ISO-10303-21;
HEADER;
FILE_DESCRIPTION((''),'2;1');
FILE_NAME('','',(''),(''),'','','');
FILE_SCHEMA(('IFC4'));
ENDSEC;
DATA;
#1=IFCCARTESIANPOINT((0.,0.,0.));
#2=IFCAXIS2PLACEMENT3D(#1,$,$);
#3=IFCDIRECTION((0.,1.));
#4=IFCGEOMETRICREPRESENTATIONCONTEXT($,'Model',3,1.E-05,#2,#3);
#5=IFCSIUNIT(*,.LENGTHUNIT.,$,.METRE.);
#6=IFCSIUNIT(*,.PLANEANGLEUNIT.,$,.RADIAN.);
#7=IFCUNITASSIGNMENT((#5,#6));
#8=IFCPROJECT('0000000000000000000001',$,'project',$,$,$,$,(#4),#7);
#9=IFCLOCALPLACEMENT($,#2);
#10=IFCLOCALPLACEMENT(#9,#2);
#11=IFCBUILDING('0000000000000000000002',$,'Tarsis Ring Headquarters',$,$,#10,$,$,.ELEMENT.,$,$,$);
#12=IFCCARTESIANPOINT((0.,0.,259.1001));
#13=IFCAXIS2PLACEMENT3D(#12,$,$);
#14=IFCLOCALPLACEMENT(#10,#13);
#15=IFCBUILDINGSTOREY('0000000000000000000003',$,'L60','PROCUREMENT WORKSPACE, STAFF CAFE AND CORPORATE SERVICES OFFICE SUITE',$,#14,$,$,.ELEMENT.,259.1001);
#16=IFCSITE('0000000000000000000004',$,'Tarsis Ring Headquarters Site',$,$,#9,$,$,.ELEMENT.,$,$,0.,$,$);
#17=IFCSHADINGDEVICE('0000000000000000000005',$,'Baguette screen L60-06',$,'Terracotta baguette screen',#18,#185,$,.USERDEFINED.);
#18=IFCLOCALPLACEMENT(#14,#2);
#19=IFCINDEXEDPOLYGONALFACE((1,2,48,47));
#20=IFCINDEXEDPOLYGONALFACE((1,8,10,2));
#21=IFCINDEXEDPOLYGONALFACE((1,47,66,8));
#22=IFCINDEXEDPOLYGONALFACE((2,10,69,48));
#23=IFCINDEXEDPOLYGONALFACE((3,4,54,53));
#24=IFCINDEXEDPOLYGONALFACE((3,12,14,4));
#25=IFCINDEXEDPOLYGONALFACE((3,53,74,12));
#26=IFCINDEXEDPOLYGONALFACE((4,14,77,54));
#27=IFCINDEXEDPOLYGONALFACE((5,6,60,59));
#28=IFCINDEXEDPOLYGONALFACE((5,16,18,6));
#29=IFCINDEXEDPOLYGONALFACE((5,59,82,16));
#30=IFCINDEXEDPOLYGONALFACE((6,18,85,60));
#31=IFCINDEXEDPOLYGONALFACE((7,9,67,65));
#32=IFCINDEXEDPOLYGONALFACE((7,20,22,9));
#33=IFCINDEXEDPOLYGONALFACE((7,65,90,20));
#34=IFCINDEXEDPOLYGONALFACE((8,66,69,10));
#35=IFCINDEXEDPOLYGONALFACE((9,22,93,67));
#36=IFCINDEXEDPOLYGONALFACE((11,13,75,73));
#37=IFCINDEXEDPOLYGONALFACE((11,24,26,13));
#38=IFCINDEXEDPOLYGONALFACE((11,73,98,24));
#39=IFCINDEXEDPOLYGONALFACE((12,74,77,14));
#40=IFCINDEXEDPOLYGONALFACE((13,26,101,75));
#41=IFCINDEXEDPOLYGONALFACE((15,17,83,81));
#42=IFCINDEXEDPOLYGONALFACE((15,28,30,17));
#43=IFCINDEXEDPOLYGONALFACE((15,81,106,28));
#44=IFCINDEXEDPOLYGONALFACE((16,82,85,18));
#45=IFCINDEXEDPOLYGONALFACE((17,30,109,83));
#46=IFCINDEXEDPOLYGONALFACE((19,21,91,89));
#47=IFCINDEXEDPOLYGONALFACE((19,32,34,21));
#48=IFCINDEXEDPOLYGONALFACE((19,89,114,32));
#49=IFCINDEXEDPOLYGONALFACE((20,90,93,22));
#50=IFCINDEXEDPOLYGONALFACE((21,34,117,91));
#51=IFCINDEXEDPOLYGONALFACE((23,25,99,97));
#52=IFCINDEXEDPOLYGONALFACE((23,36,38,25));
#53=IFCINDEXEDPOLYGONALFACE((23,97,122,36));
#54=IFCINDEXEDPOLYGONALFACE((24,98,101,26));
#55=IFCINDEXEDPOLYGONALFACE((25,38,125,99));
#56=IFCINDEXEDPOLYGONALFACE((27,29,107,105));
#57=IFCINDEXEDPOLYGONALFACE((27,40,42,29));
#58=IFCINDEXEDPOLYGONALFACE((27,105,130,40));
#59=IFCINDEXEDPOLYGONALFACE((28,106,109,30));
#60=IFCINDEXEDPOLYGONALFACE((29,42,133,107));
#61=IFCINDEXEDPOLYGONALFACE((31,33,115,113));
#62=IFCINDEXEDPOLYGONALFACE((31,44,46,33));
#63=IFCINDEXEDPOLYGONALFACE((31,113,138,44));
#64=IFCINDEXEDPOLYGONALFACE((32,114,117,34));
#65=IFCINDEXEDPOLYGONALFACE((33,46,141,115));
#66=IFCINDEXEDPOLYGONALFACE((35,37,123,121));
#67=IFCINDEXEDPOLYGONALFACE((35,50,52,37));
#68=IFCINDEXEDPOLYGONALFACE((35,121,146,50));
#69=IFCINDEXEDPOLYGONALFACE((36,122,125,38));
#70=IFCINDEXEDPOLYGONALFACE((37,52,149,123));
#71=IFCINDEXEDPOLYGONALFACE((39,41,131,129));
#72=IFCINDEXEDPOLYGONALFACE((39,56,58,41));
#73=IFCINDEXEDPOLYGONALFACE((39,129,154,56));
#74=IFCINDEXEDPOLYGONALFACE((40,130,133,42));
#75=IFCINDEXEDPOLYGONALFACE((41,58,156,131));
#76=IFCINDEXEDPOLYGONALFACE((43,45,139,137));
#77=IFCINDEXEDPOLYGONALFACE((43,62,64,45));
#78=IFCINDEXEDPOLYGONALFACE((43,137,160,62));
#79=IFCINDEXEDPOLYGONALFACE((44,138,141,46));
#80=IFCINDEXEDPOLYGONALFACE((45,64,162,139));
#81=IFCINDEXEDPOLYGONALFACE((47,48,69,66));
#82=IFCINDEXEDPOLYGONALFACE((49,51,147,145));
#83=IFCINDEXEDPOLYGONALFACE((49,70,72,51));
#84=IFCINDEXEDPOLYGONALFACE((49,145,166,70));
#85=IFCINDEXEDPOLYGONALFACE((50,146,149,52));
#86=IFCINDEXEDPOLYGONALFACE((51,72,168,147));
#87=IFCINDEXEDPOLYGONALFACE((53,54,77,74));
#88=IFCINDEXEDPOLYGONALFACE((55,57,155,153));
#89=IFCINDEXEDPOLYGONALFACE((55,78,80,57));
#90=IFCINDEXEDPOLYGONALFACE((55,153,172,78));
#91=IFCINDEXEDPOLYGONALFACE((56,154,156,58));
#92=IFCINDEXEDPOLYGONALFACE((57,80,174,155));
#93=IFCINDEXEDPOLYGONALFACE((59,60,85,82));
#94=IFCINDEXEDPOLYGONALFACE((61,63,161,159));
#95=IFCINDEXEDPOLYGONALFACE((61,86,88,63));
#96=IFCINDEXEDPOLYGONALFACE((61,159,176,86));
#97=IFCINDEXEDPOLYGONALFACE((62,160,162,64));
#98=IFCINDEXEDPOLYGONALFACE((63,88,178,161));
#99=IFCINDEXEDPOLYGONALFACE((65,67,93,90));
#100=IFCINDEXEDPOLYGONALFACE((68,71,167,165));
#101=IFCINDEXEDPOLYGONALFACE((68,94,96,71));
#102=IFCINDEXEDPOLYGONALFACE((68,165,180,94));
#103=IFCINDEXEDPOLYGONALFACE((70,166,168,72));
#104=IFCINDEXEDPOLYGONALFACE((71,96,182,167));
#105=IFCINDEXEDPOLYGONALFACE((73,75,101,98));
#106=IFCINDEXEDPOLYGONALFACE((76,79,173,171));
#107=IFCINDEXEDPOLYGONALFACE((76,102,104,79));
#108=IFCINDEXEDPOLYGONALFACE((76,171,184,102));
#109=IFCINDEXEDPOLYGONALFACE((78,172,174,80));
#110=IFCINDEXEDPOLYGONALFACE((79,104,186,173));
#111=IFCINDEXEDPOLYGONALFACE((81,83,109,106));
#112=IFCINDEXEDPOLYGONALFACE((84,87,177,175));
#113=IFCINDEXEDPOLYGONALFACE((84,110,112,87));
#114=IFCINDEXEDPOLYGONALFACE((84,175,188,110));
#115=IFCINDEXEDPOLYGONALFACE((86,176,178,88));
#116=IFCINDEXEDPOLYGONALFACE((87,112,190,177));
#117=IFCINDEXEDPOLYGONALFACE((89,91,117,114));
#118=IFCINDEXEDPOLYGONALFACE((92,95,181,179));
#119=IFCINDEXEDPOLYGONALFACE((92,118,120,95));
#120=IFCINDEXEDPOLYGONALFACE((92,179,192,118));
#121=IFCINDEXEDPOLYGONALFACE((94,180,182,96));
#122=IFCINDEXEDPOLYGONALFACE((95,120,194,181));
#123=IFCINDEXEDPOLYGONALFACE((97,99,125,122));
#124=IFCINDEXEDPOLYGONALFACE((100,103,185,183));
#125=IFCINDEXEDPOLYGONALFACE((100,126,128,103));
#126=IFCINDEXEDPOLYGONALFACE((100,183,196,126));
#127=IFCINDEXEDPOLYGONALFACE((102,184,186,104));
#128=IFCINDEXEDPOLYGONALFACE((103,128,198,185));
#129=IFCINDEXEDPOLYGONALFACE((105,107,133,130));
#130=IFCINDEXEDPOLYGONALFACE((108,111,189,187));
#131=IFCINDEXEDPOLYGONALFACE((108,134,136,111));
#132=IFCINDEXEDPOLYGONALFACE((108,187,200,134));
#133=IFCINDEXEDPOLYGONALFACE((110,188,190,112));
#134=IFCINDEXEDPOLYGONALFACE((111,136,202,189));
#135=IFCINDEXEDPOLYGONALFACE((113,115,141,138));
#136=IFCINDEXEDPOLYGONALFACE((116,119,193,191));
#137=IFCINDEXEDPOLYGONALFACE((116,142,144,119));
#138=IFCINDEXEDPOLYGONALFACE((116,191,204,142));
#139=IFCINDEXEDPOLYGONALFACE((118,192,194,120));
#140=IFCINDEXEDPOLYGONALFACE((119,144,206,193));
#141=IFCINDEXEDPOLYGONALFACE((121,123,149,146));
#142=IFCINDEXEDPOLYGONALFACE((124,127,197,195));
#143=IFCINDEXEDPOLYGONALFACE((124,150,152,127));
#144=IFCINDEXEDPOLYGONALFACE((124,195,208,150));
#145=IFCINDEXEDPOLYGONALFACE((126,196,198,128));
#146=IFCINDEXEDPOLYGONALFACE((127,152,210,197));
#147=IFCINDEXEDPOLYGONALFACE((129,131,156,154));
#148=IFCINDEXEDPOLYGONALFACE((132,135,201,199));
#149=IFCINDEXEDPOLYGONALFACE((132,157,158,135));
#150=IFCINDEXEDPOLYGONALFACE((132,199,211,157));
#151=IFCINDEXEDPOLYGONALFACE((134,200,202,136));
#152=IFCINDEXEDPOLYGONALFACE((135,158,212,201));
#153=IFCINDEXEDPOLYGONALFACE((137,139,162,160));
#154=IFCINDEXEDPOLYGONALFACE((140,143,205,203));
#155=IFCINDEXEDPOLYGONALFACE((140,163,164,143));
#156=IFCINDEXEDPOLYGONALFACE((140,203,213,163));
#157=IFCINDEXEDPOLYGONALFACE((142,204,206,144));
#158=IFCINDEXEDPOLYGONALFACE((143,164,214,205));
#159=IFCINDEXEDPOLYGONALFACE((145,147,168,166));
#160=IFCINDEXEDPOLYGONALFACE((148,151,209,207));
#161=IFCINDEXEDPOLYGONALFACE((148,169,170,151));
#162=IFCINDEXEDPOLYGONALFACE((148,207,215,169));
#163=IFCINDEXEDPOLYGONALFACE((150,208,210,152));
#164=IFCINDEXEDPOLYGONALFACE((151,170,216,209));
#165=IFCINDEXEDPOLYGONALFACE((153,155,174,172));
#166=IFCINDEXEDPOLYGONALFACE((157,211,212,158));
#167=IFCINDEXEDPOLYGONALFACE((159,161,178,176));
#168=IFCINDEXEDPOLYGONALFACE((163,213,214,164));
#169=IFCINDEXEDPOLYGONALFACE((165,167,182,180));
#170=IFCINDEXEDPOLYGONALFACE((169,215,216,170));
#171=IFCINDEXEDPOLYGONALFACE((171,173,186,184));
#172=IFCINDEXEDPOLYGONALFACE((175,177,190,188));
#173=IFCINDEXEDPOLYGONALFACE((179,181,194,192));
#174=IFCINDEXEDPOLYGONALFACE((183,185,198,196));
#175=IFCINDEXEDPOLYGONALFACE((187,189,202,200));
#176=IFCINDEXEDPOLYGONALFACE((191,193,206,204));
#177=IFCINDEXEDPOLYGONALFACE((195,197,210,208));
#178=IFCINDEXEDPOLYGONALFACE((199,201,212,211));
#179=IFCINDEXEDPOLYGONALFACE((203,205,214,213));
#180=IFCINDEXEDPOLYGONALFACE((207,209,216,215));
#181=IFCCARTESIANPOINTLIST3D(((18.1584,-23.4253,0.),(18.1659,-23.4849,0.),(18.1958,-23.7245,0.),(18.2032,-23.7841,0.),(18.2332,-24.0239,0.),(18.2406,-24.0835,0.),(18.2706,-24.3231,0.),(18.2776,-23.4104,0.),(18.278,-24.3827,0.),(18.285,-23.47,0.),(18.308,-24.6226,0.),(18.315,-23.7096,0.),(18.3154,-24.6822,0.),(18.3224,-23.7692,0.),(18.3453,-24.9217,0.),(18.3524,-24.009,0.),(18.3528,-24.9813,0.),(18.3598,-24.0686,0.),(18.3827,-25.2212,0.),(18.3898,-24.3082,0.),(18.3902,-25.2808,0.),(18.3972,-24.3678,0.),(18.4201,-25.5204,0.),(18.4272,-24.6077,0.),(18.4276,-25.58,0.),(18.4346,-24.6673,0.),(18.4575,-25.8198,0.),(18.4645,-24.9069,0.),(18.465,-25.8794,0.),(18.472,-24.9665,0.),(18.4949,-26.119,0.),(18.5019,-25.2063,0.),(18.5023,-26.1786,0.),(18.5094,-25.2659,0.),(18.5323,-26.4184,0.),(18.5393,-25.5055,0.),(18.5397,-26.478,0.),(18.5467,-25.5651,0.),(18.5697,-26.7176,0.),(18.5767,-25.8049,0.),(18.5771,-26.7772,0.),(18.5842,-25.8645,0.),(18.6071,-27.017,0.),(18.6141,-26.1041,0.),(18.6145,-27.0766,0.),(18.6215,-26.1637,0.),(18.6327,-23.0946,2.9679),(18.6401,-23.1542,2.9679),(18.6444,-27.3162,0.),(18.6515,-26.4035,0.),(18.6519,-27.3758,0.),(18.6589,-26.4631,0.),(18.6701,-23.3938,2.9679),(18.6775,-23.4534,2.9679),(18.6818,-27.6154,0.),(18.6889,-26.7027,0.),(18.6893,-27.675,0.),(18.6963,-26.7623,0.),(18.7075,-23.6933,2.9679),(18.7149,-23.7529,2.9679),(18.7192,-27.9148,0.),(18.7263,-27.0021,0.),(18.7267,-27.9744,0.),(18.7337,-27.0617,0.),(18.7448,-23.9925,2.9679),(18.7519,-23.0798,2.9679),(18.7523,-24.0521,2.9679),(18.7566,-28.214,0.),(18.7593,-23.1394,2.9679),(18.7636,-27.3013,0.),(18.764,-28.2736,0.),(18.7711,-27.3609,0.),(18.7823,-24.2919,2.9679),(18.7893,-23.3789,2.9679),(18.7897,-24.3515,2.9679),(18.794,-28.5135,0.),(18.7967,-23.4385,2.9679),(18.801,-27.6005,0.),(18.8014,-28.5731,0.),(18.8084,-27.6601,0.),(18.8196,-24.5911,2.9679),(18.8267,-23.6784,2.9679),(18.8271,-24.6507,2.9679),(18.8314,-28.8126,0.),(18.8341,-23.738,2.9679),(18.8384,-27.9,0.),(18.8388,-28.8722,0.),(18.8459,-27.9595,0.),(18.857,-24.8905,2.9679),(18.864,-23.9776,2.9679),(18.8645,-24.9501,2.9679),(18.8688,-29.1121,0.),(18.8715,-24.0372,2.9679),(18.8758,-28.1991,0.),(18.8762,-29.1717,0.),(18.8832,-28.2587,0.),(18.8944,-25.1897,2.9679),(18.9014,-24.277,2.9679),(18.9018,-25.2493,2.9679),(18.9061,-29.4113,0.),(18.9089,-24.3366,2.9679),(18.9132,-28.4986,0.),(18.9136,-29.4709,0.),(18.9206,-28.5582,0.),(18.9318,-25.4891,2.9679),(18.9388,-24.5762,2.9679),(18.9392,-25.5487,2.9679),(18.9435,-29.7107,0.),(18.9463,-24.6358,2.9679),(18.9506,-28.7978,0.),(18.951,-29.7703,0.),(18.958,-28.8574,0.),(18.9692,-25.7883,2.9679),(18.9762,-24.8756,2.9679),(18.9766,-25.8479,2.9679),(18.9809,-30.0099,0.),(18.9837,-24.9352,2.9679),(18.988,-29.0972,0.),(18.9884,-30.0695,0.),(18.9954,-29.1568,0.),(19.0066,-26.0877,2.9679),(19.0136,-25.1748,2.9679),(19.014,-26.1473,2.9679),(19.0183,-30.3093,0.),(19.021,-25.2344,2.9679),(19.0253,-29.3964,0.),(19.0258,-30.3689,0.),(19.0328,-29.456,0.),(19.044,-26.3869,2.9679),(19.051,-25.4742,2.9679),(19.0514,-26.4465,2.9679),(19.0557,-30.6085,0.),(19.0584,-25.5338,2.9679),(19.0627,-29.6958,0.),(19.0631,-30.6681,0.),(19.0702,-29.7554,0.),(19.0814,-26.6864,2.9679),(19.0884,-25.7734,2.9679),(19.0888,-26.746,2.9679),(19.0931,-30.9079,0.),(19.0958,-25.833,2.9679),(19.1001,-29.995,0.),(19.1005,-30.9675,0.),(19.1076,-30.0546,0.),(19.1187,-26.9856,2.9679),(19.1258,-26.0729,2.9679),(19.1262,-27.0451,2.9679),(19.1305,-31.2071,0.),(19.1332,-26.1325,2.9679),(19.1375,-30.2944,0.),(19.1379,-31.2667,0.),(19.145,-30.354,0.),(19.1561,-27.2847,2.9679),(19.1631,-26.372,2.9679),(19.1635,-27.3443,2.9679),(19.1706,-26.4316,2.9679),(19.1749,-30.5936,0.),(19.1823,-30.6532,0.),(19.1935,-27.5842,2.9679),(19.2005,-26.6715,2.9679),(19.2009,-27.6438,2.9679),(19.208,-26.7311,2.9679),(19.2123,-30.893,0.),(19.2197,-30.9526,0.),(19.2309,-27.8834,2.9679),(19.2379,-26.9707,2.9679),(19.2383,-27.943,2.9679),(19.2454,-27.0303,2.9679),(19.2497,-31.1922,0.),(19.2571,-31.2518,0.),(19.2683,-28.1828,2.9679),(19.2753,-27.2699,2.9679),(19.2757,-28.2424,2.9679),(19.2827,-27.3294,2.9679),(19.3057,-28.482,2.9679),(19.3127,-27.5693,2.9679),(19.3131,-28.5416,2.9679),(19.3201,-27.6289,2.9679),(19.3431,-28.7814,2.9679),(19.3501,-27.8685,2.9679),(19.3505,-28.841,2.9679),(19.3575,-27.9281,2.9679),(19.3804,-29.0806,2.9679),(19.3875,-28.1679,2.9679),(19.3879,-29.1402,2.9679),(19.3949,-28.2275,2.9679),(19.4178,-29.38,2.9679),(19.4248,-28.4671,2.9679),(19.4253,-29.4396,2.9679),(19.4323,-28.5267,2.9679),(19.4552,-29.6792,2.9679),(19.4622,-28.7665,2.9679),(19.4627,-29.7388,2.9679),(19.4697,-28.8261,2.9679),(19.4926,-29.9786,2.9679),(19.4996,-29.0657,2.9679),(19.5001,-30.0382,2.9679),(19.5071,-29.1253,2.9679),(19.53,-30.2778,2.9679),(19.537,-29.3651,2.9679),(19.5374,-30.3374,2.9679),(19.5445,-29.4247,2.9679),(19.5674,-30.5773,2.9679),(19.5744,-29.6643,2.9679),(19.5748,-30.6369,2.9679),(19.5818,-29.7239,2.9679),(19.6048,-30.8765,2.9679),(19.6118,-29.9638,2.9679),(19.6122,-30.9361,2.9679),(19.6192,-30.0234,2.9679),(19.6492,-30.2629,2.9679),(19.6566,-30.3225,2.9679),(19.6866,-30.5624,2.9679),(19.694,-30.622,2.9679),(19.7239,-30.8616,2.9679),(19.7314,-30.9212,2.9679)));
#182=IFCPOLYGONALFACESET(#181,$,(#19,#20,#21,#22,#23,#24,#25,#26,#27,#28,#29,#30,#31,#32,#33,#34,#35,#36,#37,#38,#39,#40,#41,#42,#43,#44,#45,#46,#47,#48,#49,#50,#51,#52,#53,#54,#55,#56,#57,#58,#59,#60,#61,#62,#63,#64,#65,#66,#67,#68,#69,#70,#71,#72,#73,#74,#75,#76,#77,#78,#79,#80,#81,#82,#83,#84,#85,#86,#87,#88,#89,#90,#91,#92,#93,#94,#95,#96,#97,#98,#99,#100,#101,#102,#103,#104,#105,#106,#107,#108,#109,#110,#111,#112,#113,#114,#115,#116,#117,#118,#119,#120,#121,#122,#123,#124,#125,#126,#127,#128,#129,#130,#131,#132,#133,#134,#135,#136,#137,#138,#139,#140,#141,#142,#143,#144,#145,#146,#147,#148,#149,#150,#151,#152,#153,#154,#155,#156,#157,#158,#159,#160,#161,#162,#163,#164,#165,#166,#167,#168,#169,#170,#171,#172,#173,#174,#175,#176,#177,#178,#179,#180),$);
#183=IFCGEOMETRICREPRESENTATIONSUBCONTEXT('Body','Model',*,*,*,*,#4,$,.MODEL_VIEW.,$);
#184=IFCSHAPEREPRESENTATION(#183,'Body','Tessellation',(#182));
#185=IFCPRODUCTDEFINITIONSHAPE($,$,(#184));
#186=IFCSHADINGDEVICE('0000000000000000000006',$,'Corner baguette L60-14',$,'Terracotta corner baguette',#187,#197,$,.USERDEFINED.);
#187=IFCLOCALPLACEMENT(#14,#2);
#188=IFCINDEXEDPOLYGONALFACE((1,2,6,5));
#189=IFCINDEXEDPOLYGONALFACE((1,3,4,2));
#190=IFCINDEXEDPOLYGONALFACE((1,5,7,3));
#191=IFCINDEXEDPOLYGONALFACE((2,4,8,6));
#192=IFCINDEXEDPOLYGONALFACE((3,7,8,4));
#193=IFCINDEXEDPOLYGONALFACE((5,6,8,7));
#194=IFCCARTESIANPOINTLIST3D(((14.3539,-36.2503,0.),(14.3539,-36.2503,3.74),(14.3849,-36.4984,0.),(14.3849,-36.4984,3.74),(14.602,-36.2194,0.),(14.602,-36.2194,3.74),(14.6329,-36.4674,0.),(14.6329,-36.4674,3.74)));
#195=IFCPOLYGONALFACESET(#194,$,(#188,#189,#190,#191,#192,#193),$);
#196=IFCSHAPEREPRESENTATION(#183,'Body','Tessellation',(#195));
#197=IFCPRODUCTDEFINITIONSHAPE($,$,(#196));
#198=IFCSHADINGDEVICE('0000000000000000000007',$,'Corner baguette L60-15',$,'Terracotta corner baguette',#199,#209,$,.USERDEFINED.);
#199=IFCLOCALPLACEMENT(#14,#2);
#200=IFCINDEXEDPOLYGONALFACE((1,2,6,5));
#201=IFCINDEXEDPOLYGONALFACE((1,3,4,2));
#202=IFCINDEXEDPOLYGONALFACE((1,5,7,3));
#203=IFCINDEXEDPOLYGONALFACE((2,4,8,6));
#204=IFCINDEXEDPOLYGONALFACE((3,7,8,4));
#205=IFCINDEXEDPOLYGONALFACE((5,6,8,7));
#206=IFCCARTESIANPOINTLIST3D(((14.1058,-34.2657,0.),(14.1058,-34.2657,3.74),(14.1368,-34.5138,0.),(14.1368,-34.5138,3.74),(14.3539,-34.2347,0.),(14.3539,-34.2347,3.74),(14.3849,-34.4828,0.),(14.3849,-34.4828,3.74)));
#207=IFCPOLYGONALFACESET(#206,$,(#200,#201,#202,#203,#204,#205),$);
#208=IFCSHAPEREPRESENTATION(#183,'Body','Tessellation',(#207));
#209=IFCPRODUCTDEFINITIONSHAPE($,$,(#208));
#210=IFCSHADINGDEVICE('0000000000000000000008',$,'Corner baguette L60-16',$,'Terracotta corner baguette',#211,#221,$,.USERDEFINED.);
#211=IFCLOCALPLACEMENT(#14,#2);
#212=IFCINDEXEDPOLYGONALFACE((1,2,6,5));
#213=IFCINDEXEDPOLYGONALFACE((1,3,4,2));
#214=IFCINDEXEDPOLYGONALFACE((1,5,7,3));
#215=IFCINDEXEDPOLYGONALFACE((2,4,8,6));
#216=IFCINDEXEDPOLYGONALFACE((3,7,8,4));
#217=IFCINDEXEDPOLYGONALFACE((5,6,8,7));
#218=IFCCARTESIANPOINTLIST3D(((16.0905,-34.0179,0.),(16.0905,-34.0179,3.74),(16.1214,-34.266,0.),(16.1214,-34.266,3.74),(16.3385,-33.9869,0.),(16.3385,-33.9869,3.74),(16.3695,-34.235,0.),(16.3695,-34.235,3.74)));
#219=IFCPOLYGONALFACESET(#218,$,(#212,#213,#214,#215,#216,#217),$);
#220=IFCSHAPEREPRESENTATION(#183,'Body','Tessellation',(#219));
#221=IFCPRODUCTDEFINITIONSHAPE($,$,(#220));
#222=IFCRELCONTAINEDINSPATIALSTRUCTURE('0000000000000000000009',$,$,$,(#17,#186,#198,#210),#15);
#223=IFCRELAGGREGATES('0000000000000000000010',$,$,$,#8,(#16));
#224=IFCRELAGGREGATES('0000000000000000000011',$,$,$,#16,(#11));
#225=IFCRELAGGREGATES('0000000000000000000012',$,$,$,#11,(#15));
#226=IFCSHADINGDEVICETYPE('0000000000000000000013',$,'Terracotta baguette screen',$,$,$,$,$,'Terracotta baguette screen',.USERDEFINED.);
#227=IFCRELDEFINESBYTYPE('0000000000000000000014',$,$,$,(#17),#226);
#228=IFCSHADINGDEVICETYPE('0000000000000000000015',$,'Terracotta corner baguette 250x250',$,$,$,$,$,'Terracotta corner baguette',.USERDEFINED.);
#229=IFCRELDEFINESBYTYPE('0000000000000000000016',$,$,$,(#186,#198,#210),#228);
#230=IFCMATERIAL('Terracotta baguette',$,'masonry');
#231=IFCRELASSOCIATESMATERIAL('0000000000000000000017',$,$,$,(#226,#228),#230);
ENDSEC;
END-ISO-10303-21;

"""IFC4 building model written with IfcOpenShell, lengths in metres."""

from ifc_helpers import new_model, si_unit, direction, frame, frame_2d, origin, origin_2d, place, context, subcontext, project, spatial, rectangle, composite_profile, extrude, material, type_object, element, save


model = new_model("IFC4")

# Units and contexts
model_context = context("Model", 3, precision=1e-05, world=origin(), true_north=direction((0.0, 1.0)))
body_context = subcontext(model_context, "Body", "Model", "MODEL_VIEW")
ifc_project = project(units=[si_unit("LENGTHUNIT", "METRE"), si_unit("PLANEANGLEUNIT", "RADIAN")], contexts=[model_context])

# Site, building, storey
site_placement = place(None, origin())
site = spatial("IfcSite", under=ifc_project, at=site_placement, Name="Tarsis Ring Headquarters Site", CompositionType="ELEMENT", RefElevation=0.0)
building_placement = place(site_placement, origin())
building = spatial("IfcBuilding", under=site, at=building_placement, Name="Tarsis Ring Headquarters", CompositionType="ELEMENT")
storey_placement = place(building_placement, frame((0.0, 0.0, 259.1001)))
storey = spatial("IfcBuildingStorey", under=building, at=storey_placement, Name="L60", Description="PROCUREMENT WORKSPACE, STAFF CAFE AND CORPORATE SERVICES OFFICE SUITE", CompositionType="ELEMENT", Elevation=259.1001)

# Shading devices
ifc_material_1 = material(Name="Terracotta baguette", Category="masonry")
shading_device_type_1 = type_object("IfcShadingDeviceType", Name="Terracotta baguette screen", ElementType="Terracotta baguette screen", PredefinedType="USERDEFINED", material=ifc_material_1)
shading_device_1_placement = place(storey_placement, frame((19.1975, -31.2593, 0.0), z_axis=(0.0, 0.0, 1.0), x_axis=(-0.12395, 0.992276, 0.0)))
element("IfcShadingDevice", 1, at=shading_device_1_placement, inside=storey, type_object=shading_device_type_1, Name="Baguette screen L60-06", ObjectType="Terracotta baguette screen", PredefinedType="USERDEFINED", context=body_context, shape_type="SweptSolid", body=[
    extrude(composite_profile([rectangle(XDim=0.0601, YDim=0.1201, at=frame_2d((0.03, 0.0))), rectangle(XDim=0.0601, YDim=0.1201, at=frame_2d((0.3315, 0.0))), rectangle(XDim=0.0601, YDim=0.1201, at=frame_2d((0.6333, 0.0))), rectangle(XDim=0.0601, YDim=0.1201, at=frame_2d((0.9348, 0.0))), rectangle(XDim=0.0601, YDim=0.1201, at=frame_2d((1.2366, 0.0))), rectangle(XDim=0.0601, YDim=0.1201, at=frame_2d((1.5381, 0.0))), rectangle(XDim=0.0601, YDim=0.1201, at=frame_2d((1.8398, 0.0))), rectangle(XDim=0.0601, YDim=0.1201, at=frame_2d((2.1414, 0.0))), rectangle(XDim=0.0601, YDim=0.1201, at=frame_2d((2.4431, 0.0))), rectangle(XDim=0.0601, YDim=0.1201, at=frame_2d((2.7446, 0.0))), rectangle(XDim=0.0601, YDim=0.1201, at=frame_2d((3.0464, 0.0))), rectangle(XDim=0.0601, YDim=0.1201, at=frame_2d((3.3479, 0.0))), rectangle(XDim=0.0601, YDim=0.1201, at=frame_2d((3.6497, 0.0))), rectangle(XDim=0.0601, YDim=0.1201, at=frame_2d((3.9512, 0.0))), rectangle(XDim=0.0601, YDim=0.1201, at=frame_2d((4.2527, 0.0))), rectangle(XDim=0.0601, YDim=0.1201, at=frame_2d((4.5544, 0.0))), rectangle(XDim=0.0601, YDim=0.1201, at=frame_2d((4.856, 0.0))), rectangle(XDim=0.0601, YDim=0.1201, at=frame_2d((5.1577, 0.0))), rectangle(XDim=0.0601, YDim=0.1201, at=frame_2d((5.4592, 0.0))), rectangle(XDim=0.0601, YDim=0.1201, at=frame_2d((5.761, 0.0))), rectangle(XDim=0.0601, YDim=0.1201, at=frame_2d((6.0625, 0.0))), rectangle(XDim=0.0601, YDim=0.1201, at=frame_2d((6.3643, 0.0))), rectangle(XDim=0.0601, YDim=0.1201, at=frame_2d((6.6658, 0.0))), rectangle(XDim=0.0601, YDim=0.1201, at=frame_2d((6.9675, 0.0))), rectangle(XDim=0.0601, YDim=0.1201, at=frame_2d((7.269, 0.0))), rectangle(XDim=0.0601, YDim=0.1201, at=frame_2d((7.5708, 0.0))), rectangle(XDim=0.0601, YDim=0.1201, at=frame_2d((7.8723, 0.0)))]), origin(), (0.089074, -0.169204, 0.981548), 3.0237),
])
shading_device_type_2 = type_object("IfcShadingDeviceType", Name="Terracotta corner baguette 250x250", ElementType="Terracotta corner baguette", PredefinedType="USERDEFINED", material=ifc_material_1)
for number, where, z_axis, x_axis, name in (
    (2, (14.4934, -36.3589, 0.0), (0.0, 0.0, 1.0), (0.992289, 0.123948, 0.0), "Corner baguette L60-14"),
    (3, (14.2454, -34.3743, 0.0), (0.0, 0.0, 1.0), (-0.123948, 0.992289, 0.0), "Corner baguette L60-15"),
    (4, (16.23, -34.1265, 0.0), (0.0, 0.0, 1.0), (0.992289, 0.123948, 0.0), "Corner baguette L60-16"),
):
    element("IfcShadingDevice", number, at=place(storey_placement, frame(where, z_axis=z_axis, x_axis=x_axis)), inside=storey, type_object=shading_device_type_2, Name=name, ObjectType="Terracotta corner baguette", PredefinedType="USERDEFINED", context=body_context, shape_type="SweptSolid", body=[
        extrude(rectangle(XDim=0.25, YDim=0.25, at=origin_2d()), origin(), (0.0, 0.0, 1.0), 3.74),
    ])

save(model, "model.ifc")
